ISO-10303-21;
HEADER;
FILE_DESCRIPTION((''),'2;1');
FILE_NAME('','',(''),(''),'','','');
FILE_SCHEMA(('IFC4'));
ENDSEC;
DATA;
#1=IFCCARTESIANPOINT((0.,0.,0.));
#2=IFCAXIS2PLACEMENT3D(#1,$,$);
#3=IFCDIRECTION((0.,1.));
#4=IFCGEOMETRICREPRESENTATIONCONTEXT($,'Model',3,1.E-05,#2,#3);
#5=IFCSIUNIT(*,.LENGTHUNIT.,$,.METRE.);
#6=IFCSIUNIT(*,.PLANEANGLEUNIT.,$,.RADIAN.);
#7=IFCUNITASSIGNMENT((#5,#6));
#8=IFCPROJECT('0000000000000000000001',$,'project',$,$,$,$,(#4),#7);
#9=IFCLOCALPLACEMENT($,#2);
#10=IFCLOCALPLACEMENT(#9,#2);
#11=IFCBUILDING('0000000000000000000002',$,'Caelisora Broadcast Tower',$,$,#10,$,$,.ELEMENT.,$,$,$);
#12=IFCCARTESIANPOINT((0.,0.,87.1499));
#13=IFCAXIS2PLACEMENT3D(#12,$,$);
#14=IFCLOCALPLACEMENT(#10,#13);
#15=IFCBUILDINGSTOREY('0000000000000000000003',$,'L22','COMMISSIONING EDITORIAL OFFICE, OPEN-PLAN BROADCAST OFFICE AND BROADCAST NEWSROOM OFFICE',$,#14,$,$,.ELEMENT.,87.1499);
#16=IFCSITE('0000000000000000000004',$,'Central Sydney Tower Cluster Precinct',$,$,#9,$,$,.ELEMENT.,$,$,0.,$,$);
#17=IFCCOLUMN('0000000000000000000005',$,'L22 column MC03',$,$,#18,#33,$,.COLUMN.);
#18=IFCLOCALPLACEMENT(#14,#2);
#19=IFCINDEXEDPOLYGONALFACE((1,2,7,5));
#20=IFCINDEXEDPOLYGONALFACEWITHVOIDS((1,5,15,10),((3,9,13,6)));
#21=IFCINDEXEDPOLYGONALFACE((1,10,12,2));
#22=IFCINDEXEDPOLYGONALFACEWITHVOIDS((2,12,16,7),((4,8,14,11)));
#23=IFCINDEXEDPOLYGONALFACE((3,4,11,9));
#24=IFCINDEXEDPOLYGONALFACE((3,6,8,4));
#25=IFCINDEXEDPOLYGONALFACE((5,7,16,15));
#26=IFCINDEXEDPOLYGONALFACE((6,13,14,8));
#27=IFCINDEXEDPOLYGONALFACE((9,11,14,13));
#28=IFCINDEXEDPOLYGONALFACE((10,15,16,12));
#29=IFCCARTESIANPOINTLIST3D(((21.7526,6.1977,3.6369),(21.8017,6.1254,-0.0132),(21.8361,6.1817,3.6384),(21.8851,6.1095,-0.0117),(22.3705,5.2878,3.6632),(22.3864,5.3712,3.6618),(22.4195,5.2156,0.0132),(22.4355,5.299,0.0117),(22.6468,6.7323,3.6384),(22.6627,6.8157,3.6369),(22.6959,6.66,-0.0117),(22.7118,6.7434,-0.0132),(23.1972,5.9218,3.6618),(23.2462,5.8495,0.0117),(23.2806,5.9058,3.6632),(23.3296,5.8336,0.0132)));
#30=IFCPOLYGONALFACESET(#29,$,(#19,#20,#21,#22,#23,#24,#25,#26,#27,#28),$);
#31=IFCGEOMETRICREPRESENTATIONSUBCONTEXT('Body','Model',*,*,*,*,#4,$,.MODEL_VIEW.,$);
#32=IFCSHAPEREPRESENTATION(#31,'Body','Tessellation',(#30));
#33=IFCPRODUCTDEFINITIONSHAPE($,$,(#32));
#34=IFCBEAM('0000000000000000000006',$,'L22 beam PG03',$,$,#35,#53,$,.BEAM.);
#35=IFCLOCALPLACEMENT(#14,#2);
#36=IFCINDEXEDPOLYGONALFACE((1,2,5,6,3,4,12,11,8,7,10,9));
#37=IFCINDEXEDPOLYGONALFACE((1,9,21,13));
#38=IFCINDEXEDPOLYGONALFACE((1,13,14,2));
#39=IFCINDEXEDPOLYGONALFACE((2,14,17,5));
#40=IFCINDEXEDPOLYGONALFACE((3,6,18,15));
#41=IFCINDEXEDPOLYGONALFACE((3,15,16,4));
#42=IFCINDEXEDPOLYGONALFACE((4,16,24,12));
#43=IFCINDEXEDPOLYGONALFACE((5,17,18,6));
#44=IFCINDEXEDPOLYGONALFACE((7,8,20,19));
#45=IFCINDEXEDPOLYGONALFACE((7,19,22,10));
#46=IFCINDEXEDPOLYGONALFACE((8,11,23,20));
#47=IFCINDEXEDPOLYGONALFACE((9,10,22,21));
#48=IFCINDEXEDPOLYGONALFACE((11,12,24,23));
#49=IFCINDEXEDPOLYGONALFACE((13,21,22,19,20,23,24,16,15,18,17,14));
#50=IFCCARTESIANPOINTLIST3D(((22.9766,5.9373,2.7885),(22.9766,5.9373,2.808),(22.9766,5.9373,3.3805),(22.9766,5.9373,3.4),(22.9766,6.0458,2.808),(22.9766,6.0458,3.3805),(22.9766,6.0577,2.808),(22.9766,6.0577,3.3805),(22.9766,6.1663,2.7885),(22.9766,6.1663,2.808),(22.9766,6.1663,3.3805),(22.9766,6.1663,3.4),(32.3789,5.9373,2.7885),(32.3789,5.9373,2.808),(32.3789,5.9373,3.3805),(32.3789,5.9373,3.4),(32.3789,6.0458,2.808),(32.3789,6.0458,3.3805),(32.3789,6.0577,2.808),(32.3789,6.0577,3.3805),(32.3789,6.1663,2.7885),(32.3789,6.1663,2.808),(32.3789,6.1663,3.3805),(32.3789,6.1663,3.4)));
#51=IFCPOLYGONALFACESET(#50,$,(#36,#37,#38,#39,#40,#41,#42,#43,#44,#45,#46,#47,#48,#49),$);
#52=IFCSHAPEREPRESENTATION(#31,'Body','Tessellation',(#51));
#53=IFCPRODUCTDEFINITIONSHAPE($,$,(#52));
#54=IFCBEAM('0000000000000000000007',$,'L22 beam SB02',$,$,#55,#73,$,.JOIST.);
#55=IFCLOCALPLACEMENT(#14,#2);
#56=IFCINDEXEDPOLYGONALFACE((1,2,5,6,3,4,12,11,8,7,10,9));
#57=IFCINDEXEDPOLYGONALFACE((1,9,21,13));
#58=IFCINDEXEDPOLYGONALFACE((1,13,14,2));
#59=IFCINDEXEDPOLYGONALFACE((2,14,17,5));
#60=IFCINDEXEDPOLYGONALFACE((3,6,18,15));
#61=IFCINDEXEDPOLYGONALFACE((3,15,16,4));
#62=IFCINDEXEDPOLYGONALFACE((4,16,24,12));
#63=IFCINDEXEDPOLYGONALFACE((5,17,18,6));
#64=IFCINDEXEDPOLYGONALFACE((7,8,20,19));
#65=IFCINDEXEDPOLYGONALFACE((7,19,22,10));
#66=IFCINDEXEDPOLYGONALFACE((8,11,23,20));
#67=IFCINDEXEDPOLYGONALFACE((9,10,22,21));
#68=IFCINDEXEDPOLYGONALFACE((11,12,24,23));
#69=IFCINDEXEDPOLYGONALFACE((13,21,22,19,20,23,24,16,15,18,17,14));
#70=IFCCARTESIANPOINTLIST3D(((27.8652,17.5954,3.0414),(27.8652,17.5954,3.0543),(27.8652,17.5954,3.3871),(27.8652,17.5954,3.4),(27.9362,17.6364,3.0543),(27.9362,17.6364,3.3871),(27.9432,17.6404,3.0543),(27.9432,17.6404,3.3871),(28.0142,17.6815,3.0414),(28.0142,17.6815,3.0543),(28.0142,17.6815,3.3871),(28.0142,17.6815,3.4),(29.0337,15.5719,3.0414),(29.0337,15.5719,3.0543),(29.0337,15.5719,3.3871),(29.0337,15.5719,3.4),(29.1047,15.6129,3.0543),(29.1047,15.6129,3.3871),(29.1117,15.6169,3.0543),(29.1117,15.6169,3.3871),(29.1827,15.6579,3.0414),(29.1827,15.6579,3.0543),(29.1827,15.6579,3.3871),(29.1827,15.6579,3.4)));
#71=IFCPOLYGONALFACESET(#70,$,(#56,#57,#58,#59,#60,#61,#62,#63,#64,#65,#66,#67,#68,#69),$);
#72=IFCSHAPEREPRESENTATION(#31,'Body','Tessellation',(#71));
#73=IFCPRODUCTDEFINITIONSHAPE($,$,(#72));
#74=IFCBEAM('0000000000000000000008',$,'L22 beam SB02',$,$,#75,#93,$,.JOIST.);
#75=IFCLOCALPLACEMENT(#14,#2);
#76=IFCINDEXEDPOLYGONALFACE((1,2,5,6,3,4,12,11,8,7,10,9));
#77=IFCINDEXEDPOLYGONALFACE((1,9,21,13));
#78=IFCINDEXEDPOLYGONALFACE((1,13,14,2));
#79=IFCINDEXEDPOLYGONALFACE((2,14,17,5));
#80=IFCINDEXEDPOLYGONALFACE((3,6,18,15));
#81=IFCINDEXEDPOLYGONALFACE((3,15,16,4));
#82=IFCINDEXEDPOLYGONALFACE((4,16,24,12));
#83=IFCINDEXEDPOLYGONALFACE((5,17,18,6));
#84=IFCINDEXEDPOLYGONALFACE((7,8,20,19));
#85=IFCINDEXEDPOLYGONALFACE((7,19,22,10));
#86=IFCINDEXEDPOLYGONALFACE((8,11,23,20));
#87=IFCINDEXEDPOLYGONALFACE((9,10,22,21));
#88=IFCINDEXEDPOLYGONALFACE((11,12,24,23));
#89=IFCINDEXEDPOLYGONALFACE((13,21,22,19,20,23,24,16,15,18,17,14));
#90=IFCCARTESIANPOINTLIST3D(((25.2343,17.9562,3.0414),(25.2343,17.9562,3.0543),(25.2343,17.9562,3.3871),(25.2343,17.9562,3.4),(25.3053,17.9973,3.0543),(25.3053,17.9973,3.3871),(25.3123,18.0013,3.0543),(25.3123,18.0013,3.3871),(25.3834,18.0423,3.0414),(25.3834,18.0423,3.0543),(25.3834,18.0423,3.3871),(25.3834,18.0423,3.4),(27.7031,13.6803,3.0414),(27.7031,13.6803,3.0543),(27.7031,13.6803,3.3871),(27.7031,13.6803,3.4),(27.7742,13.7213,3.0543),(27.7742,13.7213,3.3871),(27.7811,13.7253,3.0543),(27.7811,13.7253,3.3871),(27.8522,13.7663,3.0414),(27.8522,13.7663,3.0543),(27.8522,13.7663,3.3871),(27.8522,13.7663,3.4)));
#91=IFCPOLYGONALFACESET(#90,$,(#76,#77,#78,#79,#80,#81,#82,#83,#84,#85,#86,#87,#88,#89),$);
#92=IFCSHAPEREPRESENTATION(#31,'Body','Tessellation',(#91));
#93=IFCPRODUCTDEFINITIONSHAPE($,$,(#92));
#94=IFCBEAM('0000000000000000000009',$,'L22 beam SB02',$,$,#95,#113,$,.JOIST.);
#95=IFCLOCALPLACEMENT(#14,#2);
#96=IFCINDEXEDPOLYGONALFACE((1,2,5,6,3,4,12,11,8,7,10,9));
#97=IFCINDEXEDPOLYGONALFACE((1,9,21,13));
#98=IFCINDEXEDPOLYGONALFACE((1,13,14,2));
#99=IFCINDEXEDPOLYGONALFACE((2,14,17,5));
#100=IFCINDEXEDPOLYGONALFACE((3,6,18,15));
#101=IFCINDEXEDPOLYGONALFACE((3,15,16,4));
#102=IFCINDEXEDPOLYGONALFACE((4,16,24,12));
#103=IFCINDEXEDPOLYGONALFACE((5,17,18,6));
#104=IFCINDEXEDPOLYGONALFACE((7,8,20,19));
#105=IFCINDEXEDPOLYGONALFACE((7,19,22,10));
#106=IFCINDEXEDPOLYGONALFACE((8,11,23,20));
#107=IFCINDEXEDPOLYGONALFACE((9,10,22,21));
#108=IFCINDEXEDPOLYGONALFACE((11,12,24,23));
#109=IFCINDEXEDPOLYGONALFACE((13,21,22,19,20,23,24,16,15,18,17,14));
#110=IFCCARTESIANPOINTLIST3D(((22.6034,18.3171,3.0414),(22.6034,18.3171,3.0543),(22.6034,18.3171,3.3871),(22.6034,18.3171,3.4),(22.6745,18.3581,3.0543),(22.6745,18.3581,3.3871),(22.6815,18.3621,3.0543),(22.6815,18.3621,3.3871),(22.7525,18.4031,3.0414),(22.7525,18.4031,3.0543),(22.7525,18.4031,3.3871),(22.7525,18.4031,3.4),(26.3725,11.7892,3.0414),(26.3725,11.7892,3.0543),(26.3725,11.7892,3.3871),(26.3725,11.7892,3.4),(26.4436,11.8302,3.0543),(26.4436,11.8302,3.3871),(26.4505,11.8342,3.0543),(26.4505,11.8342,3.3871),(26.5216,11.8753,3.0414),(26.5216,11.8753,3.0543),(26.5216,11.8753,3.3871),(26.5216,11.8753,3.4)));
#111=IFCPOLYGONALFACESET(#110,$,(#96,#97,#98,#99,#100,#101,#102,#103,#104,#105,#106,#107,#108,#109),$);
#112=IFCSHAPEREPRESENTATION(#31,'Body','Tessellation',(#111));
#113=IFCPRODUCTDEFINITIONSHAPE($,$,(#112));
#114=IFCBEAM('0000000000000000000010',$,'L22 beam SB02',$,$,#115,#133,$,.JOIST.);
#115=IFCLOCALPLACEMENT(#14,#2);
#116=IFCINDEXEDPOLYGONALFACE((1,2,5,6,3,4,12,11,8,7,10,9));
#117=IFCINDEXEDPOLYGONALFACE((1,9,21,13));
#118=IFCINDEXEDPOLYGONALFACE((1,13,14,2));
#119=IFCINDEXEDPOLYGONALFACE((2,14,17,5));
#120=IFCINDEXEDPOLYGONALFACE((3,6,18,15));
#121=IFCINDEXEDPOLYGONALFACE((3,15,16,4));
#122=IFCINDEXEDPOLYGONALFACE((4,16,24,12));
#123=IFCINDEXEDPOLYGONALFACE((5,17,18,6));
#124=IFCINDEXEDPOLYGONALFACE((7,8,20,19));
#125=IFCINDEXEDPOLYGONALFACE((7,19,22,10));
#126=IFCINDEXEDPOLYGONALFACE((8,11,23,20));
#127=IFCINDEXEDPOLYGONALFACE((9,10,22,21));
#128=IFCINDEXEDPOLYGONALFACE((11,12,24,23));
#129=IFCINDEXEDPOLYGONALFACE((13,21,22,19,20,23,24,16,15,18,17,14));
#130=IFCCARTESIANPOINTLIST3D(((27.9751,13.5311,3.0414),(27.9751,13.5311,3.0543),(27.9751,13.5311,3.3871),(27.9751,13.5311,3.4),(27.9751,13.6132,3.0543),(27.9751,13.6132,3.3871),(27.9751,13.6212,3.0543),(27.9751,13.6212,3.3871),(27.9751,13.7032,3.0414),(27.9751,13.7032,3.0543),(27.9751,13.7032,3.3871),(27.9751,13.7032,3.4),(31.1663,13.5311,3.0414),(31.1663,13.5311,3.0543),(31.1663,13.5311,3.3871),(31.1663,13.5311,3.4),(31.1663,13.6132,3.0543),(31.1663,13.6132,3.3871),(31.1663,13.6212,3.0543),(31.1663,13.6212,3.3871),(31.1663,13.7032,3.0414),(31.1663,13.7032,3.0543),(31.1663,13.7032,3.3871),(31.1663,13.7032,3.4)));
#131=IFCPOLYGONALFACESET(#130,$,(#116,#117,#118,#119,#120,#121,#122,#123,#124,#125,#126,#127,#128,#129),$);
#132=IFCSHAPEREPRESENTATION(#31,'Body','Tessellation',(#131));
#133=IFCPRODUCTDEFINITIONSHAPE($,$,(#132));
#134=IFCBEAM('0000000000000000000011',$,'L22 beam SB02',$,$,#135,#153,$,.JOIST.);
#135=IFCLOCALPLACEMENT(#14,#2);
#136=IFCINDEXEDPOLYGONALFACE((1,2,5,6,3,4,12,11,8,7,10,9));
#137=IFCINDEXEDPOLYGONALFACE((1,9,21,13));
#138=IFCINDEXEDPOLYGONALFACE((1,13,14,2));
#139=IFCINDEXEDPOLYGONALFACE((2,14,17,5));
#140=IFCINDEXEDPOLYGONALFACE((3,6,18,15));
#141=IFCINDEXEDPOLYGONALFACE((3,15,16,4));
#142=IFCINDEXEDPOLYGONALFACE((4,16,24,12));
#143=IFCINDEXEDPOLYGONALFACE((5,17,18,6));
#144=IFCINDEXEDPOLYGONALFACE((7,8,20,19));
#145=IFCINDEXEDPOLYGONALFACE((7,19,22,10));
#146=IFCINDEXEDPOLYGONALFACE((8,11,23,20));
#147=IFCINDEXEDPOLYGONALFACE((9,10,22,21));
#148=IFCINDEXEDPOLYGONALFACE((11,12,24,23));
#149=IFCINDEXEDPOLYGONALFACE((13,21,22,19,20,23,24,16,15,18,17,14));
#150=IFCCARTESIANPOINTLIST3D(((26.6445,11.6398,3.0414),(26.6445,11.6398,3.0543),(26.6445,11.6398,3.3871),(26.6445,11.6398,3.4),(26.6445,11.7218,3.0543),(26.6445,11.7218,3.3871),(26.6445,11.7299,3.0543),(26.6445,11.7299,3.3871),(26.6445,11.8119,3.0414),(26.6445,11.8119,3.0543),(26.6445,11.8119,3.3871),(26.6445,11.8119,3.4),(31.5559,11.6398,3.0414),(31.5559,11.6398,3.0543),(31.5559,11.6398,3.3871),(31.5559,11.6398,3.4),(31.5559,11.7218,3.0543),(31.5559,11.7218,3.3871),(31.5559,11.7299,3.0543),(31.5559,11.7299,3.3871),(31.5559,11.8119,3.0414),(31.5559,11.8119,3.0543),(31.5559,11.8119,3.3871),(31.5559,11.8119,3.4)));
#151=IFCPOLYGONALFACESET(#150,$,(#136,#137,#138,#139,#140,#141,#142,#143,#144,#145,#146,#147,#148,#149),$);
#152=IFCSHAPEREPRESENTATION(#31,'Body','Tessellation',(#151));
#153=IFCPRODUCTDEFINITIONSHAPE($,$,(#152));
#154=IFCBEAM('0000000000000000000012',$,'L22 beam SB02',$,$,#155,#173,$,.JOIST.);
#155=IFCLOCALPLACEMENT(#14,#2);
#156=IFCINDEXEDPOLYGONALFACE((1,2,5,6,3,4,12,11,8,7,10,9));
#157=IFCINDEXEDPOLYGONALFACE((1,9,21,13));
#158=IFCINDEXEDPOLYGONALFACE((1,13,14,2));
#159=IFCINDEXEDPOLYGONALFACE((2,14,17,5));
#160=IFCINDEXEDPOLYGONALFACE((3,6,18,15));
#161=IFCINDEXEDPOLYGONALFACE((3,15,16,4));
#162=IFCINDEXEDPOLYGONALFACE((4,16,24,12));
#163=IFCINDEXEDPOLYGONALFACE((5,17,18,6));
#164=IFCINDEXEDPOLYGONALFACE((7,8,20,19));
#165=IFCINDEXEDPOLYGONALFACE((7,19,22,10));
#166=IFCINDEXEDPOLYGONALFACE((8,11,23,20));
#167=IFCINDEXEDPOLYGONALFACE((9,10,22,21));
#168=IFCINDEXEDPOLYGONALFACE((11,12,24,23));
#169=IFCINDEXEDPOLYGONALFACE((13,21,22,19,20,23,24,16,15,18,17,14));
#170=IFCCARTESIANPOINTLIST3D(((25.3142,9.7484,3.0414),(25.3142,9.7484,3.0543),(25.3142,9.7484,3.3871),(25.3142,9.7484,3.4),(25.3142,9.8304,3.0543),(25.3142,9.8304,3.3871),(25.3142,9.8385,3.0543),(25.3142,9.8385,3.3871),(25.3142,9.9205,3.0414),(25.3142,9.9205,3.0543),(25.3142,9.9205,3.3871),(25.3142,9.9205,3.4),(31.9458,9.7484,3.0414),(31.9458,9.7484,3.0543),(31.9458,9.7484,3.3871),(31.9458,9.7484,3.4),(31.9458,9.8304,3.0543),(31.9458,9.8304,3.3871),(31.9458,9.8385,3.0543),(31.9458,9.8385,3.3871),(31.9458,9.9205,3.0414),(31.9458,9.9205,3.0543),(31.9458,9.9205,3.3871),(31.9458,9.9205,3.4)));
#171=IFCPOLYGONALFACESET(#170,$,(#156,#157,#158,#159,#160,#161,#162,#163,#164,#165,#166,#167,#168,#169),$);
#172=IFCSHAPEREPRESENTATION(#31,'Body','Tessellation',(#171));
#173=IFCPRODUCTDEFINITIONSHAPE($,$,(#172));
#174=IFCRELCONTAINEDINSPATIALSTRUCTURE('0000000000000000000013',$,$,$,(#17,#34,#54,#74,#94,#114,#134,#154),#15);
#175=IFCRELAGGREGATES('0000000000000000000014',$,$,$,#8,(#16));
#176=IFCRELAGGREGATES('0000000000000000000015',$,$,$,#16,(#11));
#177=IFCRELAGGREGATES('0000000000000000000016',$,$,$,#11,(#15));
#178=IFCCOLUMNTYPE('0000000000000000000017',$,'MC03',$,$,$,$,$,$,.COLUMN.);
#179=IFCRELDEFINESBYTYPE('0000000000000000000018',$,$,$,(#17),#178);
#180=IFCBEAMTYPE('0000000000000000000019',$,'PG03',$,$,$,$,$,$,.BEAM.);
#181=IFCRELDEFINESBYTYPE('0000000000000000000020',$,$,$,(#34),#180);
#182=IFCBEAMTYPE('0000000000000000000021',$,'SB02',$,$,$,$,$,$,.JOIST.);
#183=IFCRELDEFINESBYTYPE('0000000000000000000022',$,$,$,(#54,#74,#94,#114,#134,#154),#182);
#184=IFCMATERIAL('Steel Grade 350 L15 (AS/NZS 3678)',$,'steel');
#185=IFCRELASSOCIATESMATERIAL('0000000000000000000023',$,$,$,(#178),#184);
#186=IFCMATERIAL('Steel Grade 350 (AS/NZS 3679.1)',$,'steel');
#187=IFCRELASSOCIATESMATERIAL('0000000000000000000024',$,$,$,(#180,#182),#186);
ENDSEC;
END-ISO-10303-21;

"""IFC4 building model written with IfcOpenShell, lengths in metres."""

from ifc_helpers import new_model, si_unit, direction, frame, origin, origin_2d, place, context, subcontext, project, spatial, hollow_rectangle, i_section, extrude, source, transform, mapped, material, material_profile, profile_set, type_object, type_shapes, element, save


model = new_model("IFC4")

# Units and contexts
model_context = context("Model", 3, precision=1e-05, world=origin(), true_north=direction((0.0, 1.0)))
body_context = subcontext(model_context, "Body", "Model", "MODEL_VIEW")
ifc_project = project(units=[si_unit("LENGTHUNIT", "METRE"), si_unit("PLANEANGLEUNIT", "RADIAN")], contexts=[model_context])

# Site, building, storey
site_placement = place(None, origin())
site = spatial("IfcSite", under=ifc_project, at=site_placement, Name="Central Sydney Tower Cluster Precinct", CompositionType="ELEMENT", RefElevation=0.0)
building_placement = place(site_placement, origin())
building = spatial("IfcBuilding", under=site, at=building_placement, Name="Caelisora Broadcast Tower", CompositionType="ELEMENT")
storey_placement = place(building_placement, frame((0.0, 0.0, 87.1499)))
storey = spatial("IfcBuildingStorey", under=building, at=storey_placement, Name="L22", Description="COMMISSIONING EDITORIAL OFFICE, OPEN-PLAN BROADCAST OFFICE AND BROADCAST NEWSROOM OFFICE", CompositionType="ELEMENT", Elevation=87.1499)

# Column
ifc_material_1 = material(Name="Steel Grade 350 L15 (AS/NZS 3678)", Category="steel")
ifc_material_profile_1 = material_profile(ifc_material_1, hollow_rectangle(XDim=1.1001, YDim=1.1001, WallThickness=0.0601, at=origin_2d()), Name="Steel Grade 350 L15 (AS/NZS 3678)")
ifc_profile_set_1 = profile_set([ifc_material_profile_1], Name="Steel Grade 350 L15 (AS/NZS 3678)")
column_type = type_object("IfcColumnType", Name="MC03", PredefinedType="COLUMN", material=ifc_profile_set_1)
shared_shape_1 = source(origin(), body_context, "Body", "SweptSolid", [
    extrude(hollow_rectangle(XDim=1.1001, YDim=1.1001, WallThickness=0.0601, at=origin_2d()), origin(), (0.0, 0.0, 1.0), 3.6511),
])
type_shapes(column_type, [shared_shape_1])
column_placement = place(storey_placement, frame((22.5657, 5.9795, 0.0), z_axis=(-0.01344, 0.019792, 0.999714), x_axis=(-0.82729, -0.561775, 0.0)))
element("IfcColumn", 1, at=column_placement, inside=storey, type_object=column_type, Name="L22 column MC03", PredefinedType="COLUMN", context=body_context, shape_type="MappedRepresentation", body=[
    mapped(shared_shape_1, transform((0.0, 0.0, 0.0), scale=1.0)),
])

# Beams
ifc_material_2 = material(Name="Steel Grade 350 (AS/NZS 3679.1)", Category="steel")
ifc_material_profile_2 = material_profile(ifc_material_2, i_section(OverallWidth=0.229, OverallDepth=0.6116, WebThickness=0.012, FlangeThickness=0.0195, at=origin_2d()), Name="Steel Grade 350 (AS/NZS 3679.1)")
ifc_profile_set_2 = profile_set([ifc_material_profile_2], Name="Steel Grade 350 (AS/NZS 3679.1)")
beam_type_1 = type_object("IfcBeamType", Name="PG03", PredefinedType="BEAM", material=ifc_profile_set_2)
shared_shape_2 = source(origin(), body_context, "Body", "SweptSolid", [
    extrude(i_section(OverallWidth=0.229, OverallDepth=0.6116, WebThickness=0.012, FlangeThickness=0.0195, at=origin_2d()), origin(), (0.0, 0.0, 1.0), 9.4023),
])
type_shapes(beam_type_1, [shared_shape_2])
beam_1_placement = place(storey_placement, frame((22.9766, 6.0518, 3.0942), z_axis=(1.0, 0.0, 0.0), x_axis=(0.0, 1.0, 0.0)))
element("IfcBeam", 2, at=beam_1_placement, inside=storey, type_object=beam_type_1, Name="L22 beam PG03", PredefinedType="BEAM", context=body_context, shape_type="MappedRepresentation", body=[
    mapped(shared_shape_2, transform((0.0, 0.0, 0.0), scale=1.0)),
])
ifc_material_profile_3 = material_profile(ifc_material_2, i_section(OverallWidth=0.1721, OverallDepth=0.3586, WebThickness=0.0081, FlangeThickness=0.0129, at=origin_2d()), Name="Steel Grade 350 (AS/NZS 3679.1)")
ifc_profile_set_3 = profile_set([ifc_material_profile_3], Name="Steel Grade 350 (AS/NZS 3679.1)")
beam_type_2 = type_object("IfcBeamType", Name="SB02", PredefinedType="JOIST", material=ifc_profile_set_3)
shared_shape_3 = source(origin(), body_context, "Body", "SweptSolid", [
    extrude(i_section(OverallWidth=0.1721, OverallDepth=0.3586, WebThickness=0.0081, FlangeThickness=0.0129, at=origin_2d()), origin(), (0.0, 0.0, 1.0), 2.3367),
])
beam_2_placement = place(storey_placement, frame((27.9397, 17.6384, 3.2207), z_axis=(0.500072, -0.865984, 0.0), x_axis=(0.865984, 0.500072, 0.0)))
element("IfcBeam", 3, at=beam_2_placement, inside=storey, type_object=beam_type_2, Name="L22 beam SB02", PredefinedType="JOIST", context=body_context, shape_type="MappedRepresentation", body=[
    mapped(shared_shape_3, transform((0.0, 0.0, 0.0), scale=1.0)),
])
shared_shape_4 = source(origin(), body_context, "Body", "SweptSolid", [
    extrude(i_section(OverallWidth=0.1721, OverallDepth=0.3586, WebThickness=0.0081, FlangeThickness=0.0129, at=origin_2d()), origin(), (0.0, 0.0, 1.0), 4.9375),
])
beam_3_placement = place(storey_placement, frame((25.3088, 17.9993, 3.2207), z_axis=(0.500011, -0.866019, 0.0), x_axis=(0.866019, 0.500011, 0.0)))
element("IfcBeam", 4, at=beam_3_placement, inside=storey, type_object=beam_type_2, Name="L22 beam SB02", PredefinedType="JOIST", context=body_context, shape_type="MappedRepresentation", body=[
    mapped(shared_shape_4, transform((0.0, 0.0, 0.0), scale=1.0)),
])
shared_shape_5 = source(origin(), body_context, "Body", "SweptSolid", [
    extrude(i_section(OverallWidth=0.1721, OverallDepth=0.3586, WebThickness=0.0081, FlangeThickness=0.0129, at=origin_2d()), origin(), (0.0, 0.0, 1.0), 7.5378),
])
beam_4_placement = place(storey_placement, frame((22.678, 18.3601, 3.2207), z_axis=(0.50002, -0.866014, 0.0), x_axis=(0.866014, 0.50002, 0.0)))
element("IfcBeam", 5, at=beam_4_placement, inside=storey, type_object=beam_type_2, Name="L22 beam SB02", PredefinedType="JOIST", context=body_context, shape_type="MappedRepresentation", body=[
    mapped(shared_shape_5, transform((0.0, 0.0, 0.0), scale=1.0)),
])
shared_shape_6 = source(origin(), body_context, "Body", "SweptSolid", [
    extrude(i_section(OverallWidth=0.1721, OverallDepth=0.3586, WebThickness=0.0081, FlangeThickness=0.0129, at=origin_2d()), origin(), (0.0, 0.0, 1.0), 3.1912),
])
beam_5_placement = place(storey_placement, frame((27.9751, 13.6172, 3.2207), z_axis=(1.0, 0.0, 0.0), x_axis=(0.0, 1.0, 0.0)))
element("IfcBeam", 6, at=beam_5_placement, inside=storey, type_object=beam_type_2, Name="L22 beam SB02", PredefinedType="JOIST", context=body_context, shape_type="MappedRepresentation", body=[
    mapped(shared_shape_6, transform((0.0, 0.0, 0.0), scale=1.0)),
])
shared_shape_7 = source(origin(), body_context, "Body", "SweptSolid", [
    extrude(i_section(OverallWidth=0.1721, OverallDepth=0.3586, WebThickness=0.0081, FlangeThickness=0.0129, at=origin_2d()), origin(), (0.0, 0.0, 1.0), 4.9114),
])
beam_6_placement = place(storey_placement, frame((26.6445, 11.7258, 3.2207), z_axis=(1.0, 0.0, 0.0), x_axis=(0.0, 1.0, 0.0)))
element("IfcBeam", 7, at=beam_6_placement, inside=storey, type_object=beam_type_2, Name="L22 beam SB02", PredefinedType="JOIST", context=body_context, shape_type="MappedRepresentation", body=[
    mapped(shared_shape_7, transform((0.0, 0.0, 0.0), scale=1.0)),
])
shared_shape_8 = source(origin(), body_context, "Body", "SweptSolid", [
    extrude(i_section(OverallWidth=0.1721, OverallDepth=0.3586, WebThickness=0.0081, FlangeThickness=0.0129, at=origin_2d()), origin(), (0.0, 0.0, 1.0), 6.6316),
])
beam_7_placement = place(storey_placement, frame((25.3142, 9.8345, 3.2207), z_axis=(1.0, 0.0, 0.0), x_axis=(0.0, 1.0, 0.0)))
element("IfcBeam", 8, at=beam_7_placement, inside=storey, type_object=beam_type_2, Name="L22 beam SB02", PredefinedType="JOIST", context=body_context, shape_type="MappedRepresentation", body=[
    mapped(shared_shape_8, transform((0.0, 0.0, 0.0), scale=1.0)),
])

save(model, "model.ifc")
